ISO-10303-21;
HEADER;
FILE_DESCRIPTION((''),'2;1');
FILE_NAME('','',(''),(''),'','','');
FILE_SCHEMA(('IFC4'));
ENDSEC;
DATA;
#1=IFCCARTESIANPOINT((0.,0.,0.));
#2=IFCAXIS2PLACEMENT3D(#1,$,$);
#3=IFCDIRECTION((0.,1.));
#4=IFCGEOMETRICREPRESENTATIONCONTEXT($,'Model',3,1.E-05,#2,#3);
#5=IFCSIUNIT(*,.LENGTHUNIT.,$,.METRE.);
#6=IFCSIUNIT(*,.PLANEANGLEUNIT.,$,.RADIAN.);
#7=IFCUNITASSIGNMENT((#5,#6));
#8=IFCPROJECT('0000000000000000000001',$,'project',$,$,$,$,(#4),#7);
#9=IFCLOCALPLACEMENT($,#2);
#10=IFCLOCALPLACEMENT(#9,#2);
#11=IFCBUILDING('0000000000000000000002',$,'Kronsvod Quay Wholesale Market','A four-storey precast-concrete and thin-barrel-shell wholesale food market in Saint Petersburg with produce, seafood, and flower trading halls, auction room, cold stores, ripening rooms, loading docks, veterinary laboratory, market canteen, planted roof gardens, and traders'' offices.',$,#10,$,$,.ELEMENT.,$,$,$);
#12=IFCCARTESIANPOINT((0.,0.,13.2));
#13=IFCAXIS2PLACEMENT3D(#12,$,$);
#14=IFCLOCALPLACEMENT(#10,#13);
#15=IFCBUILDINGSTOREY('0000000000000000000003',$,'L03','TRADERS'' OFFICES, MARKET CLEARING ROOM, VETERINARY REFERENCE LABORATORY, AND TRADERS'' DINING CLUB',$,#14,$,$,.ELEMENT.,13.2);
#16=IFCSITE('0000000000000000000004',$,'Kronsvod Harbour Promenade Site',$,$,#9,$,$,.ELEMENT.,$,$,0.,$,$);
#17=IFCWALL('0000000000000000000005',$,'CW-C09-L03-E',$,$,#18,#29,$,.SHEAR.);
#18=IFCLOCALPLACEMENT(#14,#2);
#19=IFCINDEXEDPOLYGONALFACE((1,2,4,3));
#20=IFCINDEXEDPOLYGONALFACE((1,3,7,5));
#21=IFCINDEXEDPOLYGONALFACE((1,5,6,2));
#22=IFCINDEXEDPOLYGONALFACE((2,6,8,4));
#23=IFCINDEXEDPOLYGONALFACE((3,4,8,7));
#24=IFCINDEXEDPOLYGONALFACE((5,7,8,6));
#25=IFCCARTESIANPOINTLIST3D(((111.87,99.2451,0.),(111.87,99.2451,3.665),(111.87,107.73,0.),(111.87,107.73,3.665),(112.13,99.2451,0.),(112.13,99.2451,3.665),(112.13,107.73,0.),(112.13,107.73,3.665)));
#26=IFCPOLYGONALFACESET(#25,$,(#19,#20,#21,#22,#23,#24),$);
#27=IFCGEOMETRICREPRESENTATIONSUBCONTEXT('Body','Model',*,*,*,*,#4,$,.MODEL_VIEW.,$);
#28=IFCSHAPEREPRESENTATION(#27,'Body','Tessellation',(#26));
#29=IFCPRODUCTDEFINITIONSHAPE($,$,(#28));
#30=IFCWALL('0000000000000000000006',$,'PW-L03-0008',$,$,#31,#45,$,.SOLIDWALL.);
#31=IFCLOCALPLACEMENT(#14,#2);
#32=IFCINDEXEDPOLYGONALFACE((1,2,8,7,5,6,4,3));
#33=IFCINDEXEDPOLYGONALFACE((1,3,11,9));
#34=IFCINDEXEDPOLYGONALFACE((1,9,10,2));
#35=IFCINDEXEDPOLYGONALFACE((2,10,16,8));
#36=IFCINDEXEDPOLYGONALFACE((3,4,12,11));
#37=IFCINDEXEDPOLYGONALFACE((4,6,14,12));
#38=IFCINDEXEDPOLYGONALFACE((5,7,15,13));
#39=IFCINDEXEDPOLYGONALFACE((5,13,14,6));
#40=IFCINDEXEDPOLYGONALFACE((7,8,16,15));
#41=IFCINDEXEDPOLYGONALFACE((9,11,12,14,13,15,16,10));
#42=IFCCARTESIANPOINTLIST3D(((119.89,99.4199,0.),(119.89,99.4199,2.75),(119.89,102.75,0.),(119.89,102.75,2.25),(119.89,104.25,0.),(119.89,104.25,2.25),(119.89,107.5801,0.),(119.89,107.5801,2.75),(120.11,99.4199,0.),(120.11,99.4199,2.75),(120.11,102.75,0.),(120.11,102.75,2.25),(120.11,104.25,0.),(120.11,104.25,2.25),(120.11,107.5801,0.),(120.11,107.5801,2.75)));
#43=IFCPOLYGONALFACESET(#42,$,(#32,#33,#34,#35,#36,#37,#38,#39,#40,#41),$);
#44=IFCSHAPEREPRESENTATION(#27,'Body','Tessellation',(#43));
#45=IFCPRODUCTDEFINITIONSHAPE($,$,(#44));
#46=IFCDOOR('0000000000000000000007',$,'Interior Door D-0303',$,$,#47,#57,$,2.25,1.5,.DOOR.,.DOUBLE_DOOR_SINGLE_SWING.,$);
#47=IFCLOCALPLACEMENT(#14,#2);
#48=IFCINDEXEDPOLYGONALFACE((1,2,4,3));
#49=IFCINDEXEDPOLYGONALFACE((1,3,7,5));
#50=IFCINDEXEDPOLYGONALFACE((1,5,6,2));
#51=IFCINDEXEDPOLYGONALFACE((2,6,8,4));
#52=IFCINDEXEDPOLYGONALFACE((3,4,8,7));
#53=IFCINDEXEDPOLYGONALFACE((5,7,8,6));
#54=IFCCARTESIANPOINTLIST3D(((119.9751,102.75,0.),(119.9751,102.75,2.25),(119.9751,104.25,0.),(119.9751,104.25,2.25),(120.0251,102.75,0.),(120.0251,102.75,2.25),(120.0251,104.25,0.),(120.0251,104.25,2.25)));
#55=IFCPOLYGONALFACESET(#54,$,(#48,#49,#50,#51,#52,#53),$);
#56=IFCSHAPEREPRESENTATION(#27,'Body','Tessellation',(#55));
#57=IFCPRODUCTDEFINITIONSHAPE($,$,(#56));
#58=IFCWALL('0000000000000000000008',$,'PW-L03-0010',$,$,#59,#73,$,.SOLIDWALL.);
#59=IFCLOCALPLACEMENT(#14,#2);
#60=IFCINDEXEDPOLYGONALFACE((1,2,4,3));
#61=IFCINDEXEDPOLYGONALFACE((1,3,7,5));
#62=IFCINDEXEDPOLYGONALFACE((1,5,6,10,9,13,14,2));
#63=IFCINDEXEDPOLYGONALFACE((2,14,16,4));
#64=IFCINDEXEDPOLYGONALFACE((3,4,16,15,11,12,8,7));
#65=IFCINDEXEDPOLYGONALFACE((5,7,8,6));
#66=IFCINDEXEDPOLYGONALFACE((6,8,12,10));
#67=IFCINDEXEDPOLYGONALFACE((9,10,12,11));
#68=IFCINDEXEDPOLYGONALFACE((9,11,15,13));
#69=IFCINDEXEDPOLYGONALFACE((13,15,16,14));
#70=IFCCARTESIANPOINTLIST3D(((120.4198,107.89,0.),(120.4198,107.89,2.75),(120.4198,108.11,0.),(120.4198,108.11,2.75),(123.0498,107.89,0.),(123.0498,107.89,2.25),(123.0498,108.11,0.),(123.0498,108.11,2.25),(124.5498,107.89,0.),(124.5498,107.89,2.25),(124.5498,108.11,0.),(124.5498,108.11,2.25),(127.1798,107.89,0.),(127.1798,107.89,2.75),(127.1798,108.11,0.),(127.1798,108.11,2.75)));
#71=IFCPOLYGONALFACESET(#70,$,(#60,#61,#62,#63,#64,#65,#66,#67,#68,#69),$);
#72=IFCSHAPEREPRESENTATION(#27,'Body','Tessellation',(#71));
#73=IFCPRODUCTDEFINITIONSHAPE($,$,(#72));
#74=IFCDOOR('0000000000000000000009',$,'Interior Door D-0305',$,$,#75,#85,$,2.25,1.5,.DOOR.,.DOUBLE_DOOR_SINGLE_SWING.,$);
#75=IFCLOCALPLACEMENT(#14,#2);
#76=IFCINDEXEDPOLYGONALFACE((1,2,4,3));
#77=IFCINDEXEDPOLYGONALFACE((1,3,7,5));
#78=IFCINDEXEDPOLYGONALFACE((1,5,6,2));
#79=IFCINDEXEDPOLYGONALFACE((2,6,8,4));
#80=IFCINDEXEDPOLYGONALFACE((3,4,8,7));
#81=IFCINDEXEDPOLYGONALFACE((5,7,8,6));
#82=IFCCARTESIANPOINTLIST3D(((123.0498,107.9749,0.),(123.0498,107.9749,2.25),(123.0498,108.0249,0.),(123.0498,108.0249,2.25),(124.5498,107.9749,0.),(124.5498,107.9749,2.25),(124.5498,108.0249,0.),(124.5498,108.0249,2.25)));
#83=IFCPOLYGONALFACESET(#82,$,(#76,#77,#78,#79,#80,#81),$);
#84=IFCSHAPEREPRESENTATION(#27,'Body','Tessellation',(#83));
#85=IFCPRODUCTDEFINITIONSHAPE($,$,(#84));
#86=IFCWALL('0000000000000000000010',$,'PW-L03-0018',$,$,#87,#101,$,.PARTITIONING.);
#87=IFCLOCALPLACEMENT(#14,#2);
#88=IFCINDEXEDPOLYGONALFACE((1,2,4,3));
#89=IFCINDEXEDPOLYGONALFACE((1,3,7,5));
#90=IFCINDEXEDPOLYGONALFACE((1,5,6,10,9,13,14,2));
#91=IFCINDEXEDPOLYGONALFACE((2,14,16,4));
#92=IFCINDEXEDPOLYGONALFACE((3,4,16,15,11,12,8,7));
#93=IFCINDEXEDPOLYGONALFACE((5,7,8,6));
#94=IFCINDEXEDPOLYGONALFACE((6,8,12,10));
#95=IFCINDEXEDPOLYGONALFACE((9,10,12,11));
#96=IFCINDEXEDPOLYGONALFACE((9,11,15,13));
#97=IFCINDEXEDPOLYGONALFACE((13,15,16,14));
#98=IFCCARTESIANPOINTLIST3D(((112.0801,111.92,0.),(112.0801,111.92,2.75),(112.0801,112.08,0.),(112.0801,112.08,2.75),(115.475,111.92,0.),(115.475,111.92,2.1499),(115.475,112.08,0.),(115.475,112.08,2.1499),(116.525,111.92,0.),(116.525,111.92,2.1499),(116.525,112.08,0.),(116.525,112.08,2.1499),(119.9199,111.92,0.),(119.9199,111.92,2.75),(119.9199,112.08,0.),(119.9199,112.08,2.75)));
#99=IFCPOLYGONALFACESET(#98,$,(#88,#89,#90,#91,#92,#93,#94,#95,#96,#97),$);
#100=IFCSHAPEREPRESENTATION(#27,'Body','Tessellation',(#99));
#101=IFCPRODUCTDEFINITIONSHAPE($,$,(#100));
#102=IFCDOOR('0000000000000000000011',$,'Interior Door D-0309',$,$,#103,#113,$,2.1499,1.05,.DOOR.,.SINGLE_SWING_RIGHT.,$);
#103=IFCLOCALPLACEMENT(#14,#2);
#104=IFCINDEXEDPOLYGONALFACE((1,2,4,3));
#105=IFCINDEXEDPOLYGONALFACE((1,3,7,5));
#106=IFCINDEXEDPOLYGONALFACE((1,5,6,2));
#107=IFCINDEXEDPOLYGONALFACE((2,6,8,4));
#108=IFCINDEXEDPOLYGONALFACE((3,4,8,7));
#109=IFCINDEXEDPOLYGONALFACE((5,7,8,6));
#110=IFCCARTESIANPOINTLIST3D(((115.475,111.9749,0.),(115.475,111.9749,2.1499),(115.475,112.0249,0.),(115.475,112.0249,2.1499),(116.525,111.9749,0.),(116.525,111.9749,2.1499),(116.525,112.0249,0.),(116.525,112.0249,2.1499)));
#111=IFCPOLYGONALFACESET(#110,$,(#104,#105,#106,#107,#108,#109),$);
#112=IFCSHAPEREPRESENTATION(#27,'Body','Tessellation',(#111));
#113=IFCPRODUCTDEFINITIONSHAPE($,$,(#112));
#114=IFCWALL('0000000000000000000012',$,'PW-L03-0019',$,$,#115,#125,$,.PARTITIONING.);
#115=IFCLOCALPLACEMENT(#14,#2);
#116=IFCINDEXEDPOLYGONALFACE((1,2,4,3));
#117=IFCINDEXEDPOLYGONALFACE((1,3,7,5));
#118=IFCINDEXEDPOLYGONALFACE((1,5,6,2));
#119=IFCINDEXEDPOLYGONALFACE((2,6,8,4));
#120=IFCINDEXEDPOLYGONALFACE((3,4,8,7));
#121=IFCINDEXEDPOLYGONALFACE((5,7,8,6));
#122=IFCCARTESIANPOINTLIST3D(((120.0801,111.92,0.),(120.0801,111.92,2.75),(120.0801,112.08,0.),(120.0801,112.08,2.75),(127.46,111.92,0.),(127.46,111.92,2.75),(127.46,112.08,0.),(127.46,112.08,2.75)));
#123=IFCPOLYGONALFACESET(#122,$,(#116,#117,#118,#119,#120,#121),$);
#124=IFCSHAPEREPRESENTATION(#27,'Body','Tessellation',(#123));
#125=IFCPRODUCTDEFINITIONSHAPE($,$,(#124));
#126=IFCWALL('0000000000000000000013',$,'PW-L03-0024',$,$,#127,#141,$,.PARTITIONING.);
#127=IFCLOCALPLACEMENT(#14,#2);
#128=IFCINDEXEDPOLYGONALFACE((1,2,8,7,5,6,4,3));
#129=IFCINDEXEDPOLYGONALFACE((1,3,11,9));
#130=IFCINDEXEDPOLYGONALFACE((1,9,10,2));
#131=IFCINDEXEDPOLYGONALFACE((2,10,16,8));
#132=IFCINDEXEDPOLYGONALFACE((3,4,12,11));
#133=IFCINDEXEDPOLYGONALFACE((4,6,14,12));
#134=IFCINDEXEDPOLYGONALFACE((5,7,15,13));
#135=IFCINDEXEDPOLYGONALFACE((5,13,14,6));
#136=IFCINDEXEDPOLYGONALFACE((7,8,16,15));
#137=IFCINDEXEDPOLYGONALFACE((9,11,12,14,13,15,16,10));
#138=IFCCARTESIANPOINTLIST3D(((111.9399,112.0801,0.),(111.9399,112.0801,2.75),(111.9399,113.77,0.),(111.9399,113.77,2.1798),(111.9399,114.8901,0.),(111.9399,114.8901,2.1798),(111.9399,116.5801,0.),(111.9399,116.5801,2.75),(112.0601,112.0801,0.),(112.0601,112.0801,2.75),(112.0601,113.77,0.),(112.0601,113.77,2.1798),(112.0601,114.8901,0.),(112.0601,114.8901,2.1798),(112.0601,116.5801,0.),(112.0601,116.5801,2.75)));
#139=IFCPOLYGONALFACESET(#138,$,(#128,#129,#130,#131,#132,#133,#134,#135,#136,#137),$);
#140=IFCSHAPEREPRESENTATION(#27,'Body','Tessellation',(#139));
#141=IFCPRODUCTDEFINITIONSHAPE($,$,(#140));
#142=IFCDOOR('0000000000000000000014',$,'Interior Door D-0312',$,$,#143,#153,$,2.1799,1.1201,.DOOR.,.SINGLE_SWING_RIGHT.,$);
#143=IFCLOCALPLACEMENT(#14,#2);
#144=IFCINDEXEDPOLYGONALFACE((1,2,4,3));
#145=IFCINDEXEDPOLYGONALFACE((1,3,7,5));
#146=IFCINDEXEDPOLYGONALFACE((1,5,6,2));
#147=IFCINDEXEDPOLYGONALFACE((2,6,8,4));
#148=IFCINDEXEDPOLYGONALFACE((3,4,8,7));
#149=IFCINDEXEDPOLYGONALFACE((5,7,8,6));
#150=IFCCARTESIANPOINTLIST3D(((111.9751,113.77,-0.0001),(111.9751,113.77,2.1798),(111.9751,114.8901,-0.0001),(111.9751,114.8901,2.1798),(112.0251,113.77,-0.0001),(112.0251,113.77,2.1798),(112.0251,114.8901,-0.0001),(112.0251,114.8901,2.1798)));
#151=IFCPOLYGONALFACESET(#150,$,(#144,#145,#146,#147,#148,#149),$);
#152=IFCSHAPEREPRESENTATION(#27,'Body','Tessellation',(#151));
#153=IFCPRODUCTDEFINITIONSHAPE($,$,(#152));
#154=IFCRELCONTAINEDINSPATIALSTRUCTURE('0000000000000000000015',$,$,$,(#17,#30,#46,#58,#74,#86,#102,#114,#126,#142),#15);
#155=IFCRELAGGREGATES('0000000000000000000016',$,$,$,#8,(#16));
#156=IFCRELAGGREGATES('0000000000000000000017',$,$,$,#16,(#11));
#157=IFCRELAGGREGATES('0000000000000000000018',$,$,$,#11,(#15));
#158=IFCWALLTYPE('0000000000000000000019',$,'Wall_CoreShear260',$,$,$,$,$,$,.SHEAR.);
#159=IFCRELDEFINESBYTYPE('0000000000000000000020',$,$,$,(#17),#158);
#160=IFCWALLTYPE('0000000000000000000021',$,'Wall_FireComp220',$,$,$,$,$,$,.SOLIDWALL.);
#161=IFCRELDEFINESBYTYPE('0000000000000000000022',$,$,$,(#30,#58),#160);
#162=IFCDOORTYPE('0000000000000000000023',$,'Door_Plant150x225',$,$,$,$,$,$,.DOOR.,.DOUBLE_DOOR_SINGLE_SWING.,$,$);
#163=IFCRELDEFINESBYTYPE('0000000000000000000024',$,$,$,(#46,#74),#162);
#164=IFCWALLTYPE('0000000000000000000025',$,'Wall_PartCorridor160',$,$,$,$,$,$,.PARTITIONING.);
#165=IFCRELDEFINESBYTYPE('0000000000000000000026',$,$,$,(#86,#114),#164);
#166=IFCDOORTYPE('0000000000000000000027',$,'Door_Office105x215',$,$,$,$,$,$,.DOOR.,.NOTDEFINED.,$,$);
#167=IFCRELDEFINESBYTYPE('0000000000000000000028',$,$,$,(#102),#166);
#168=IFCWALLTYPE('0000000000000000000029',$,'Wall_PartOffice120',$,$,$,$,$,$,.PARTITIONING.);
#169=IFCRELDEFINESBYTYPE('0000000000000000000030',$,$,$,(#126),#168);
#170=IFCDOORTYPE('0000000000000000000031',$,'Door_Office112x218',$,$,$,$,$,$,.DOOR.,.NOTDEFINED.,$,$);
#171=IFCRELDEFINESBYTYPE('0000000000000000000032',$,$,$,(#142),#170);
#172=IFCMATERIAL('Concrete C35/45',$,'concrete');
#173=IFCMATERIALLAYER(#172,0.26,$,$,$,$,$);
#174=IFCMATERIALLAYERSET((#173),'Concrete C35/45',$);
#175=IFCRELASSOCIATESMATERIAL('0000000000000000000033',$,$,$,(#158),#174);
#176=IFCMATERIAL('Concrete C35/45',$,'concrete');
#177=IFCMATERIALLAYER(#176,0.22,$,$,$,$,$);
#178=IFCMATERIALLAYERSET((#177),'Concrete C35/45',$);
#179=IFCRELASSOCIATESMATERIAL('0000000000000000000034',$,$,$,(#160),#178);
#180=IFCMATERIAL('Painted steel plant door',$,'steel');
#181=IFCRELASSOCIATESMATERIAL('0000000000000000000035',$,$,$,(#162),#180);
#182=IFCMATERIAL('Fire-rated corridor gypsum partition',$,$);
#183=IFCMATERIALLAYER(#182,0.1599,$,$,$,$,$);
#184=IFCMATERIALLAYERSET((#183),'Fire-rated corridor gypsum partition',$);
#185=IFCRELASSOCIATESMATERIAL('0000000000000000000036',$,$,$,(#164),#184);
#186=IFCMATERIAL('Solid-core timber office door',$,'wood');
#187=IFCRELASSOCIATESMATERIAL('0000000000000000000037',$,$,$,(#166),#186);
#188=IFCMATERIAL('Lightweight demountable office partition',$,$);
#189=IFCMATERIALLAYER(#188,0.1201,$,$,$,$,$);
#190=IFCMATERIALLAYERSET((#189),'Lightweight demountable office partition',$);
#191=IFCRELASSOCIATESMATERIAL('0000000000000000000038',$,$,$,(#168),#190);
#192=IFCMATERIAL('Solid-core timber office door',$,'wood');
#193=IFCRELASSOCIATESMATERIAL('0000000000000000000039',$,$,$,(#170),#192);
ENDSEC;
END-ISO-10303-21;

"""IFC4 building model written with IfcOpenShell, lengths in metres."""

from ifc_helpers import new_model, si_unit, direction, frame, frame_2d, origin, place, context, subcontext, project, spatial, rectangle, extrude, material, layer, layer_set, type_object, element, fill, save


model = new_model("IFC4")

# Units and contexts
model_context = context("Model", 3, precision=1e-05, world=origin(), true_north=direction((0.0, 1.0)))
body_context = subcontext(model_context, "Body", "Model", "MODEL_VIEW")
ifc_project = project(units=[si_unit("LENGTHUNIT", "METRE"), si_unit("PLANEANGLEUNIT", "RADIAN")], contexts=[model_context])

# Site, building, storey
site_placement = place(None, origin())
site = spatial("IfcSite", under=ifc_project, at=site_placement, Name="Kronsvod Harbour Promenade Site", CompositionType="ELEMENT", RefElevation=0.0)
building_placement = place(site_placement, origin())
building = spatial("IfcBuilding", under=site, at=building_placement, Name="Kronsvod Quay Wholesale Market", Description="A four-storey precast-concrete and thin-barrel-shell wholesale food market in Saint Petersburg with produce, seafood, and flower trading halls, auction room, cold stores, ripening rooms, loading docks, veterinary laboratory, market canteen, planted roof gardens, and traders' offices.", CompositionType="ELEMENT")
storey_placement = place(building_placement, frame((0.0, 0.0, 13.2)))
storey = spatial("IfcBuildingStorey", under=building, at=storey_placement, Name="L03", Description="TRADERS' OFFICES, MARKET CLEARING ROOM, VETERINARY REFERENCE LABORATORY, AND TRADERS' DINING CLUB", CompositionType="ELEMENT", Elevation=13.2)

# Wall
ifc_material_1 = material(Name="Concrete C35/45", Category="concrete")
ifc_layer_1 = layer(ifc_material_1, 0.26)
ifc_layer_set_1 = layer_set([ifc_layer_1], Name="Concrete C35/45")
wall_type_1 = type_object("IfcWallType", Name="Wall_CoreShear260", PredefinedType="SHEAR", material=ifc_layer_set_1)
wall_1_placement = place(storey_placement, frame((112.0, 99.2451, 0.0), z_axis=(0.0, 0.0, 1.0), x_axis=(0.0, 1.0, 0.0)))
element("IfcWall", 1, at=wall_1_placement, inside=storey, type_object=wall_type_1, Name="CW-C09-L03-E", PredefinedType="SHEAR", context=body_context, shape_type="SweptSolid", body=[
    extrude(rectangle(XDim=8.4849, YDim=0.26, at=frame_2d((4.2424, 0.0))), origin(), (0.0, 0.0, 1.0), 3.665),
])

# Walls, openings, doors
ifc_material_2 = material(Name="Concrete C35/45", Category="concrete")
ifc_layer_2 = layer(ifc_material_2, 0.22)
ifc_layer_set_2 = layer_set([ifc_layer_2], Name="Concrete C35/45")
wall_type_2 = type_object("IfcWallType", Name="Wall_FireComp220", PredefinedType="SOLIDWALL", material=ifc_layer_set_2)
wall_2_placement = place(storey_placement, frame((120.0, 99.4199, 0.0), z_axis=(0.0, 0.0, 1.0), x_axis=(0.0, 1.0, 0.0)))
wall_2 = element("IfcWall", 2, at=wall_2_placement, inside=storey, type_object=wall_type_2, Name="PW-L03-0008", PredefinedType="SOLIDWALL", context=body_context, shape_type="SweptSolid", body=[
    extrude(rectangle(XDim=8.1602, YDim=0.22, at=frame_2d((4.0801, 0.0))), origin(), (0.0, 0.0, 1.0), 2.75),
])
opening_1_placement = place(wall_2_placement, frame((3.3301, 0.0, 0.0)))
opening_1 = element("IfcOpeningElement", 3, at=opening_1_placement, cuts=wall_2, PredefinedType="OPENING", context=body_context, shape_type="SweptSolid", body=[
    extrude(rectangle(XDim=1.5, YDim=2.25, at=frame_2d((0.75, 1.125))), frame((0.0, 0.1201, 0.0), z_axis=(0.0, -1.0, 0.0), x_axis=(1.0, 0.0, 0.0)), (0.0, 0.0, 1.0), 0.24),
])
ifc_material_3 = material(Name="Painted steel plant door", Category="steel")
door_type_1 = type_object("IfcDoorType", Name="Door_Plant150x225", OperationType="DOUBLE_DOOR_SINGLE_SWING", PredefinedType="DOOR", material=ifc_material_3)
door_1_placement = place(opening_1_placement, origin())
door_1 = element("IfcDoor", 4, at=door_1_placement, inside=storey, type_object=door_type_1, Name="Interior Door D-0303", OperationType="DOUBLE_DOOR_SINGLE_SWING", OverallHeight=2.25, OverallWidth=1.5, PredefinedType="DOOR", context=body_context, shape_type="SweptSolid", body=[
    extrude(rectangle(XDim=1.5, YDim=2.25, at=frame_2d((0.75, 1.125))), frame((0.0, 0.0249, 0.0), z_axis=(0.0, -1.0, 0.0), x_axis=(1.0, 0.0, 0.0)), (0.0, 0.0, 1.0), 0.05),
])
fill(opening_1, door_1)
wall_3_placement = place(storey_placement, frame((120.4199, 108.0, 0.0), z_axis=(0.0, 0.0, 1.0), x_axis=(1.0, 0.0, 0.0)))
wall_3 = element("IfcWall", 5, at=wall_3_placement, inside=storey, type_object=wall_type_2, Name="PW-L03-0010", PredefinedType="SOLIDWALL", context=body_context, shape_type="SweptSolid", body=[
    extrude(rectangle(XDim=6.76, YDim=0.22, at=frame_2d((3.3799, 0.0))), origin(), (0.0, 0.0, 1.0), 2.75),
])
opening_2_placement = place(wall_3_placement, frame((2.6299, 0.0, 0.0)))
opening_2 = element("IfcOpeningElement", 6, at=opening_2_placement, cuts=wall_3, PredefinedType="OPENING", context=body_context, shape_type="SweptSolid", body=[
    extrude(rectangle(XDim=1.5, YDim=2.25, at=frame_2d((0.75, 1.125))), frame((0.0, 0.1201, 0.0), z_axis=(0.0, -1.0, 0.0), x_axis=(1.0, 0.0, 0.0)), (0.0, 0.0, 1.0), 0.24),
])
door_2_placement = place(opening_2_placement, origin())
door_2 = element("IfcDoor", 7, at=door_2_placement, inside=storey, type_object=door_type_1, Name="Interior Door D-0305", OperationType="DOUBLE_DOOR_SINGLE_SWING", OverallHeight=2.25, OverallWidth=1.5, PredefinedType="DOOR", context=body_context, shape_type="SweptSolid", body=[
    extrude(rectangle(XDim=1.5, YDim=2.25, at=frame_2d((0.75, 1.125))), frame((0.0, 0.0249, 0.0), z_axis=(0.0, -1.0, 0.0), x_axis=(1.0, 0.0, 0.0)), (0.0, 0.0, 1.0), 0.05),
])
fill(opening_2, door_2)
ifc_material_4 = material(Name="Fire-rated corridor gypsum partition")
ifc_layer_3 = layer(ifc_material_4, 0.1599)
ifc_layer_set_3 = layer_set([ifc_layer_3], Name="Fire-rated corridor gypsum partition")
wall_type_3 = type_object("IfcWallType", Name="Wall_PartCorridor160", PredefinedType="PARTITIONING", material=ifc_layer_set_3)
wall_4_placement = place(storey_placement, frame((112.0801, 112.0, 0.0), z_axis=(0.0, 0.0, 1.0), x_axis=(1.0, 0.0, 0.0)))
wall_4 = element("IfcWall", 8, at=wall_4_placement, inside=storey, type_object=wall_type_3, Name="PW-L03-0018", PredefinedType="PARTITIONING", context=body_context, shape_type="SweptSolid", body=[
    extrude(rectangle(XDim=7.8398, YDim=0.1599, at=frame_2d((3.9199, 0.0))), origin(), (0.0, 0.0, 1.0), 2.75),
])
opening_3_placement = place(wall_4_placement, frame((3.395, 0.0, 0.0)))
opening_3 = element("IfcOpeningElement", 9, at=opening_3_placement, cuts=wall_4, PredefinedType="OPENING", context=body_context, shape_type="SweptSolid", body=[
    extrude(rectangle(XDim=1.05, YDim=2.1499, at=frame_2d((0.5249, 1.075))), frame((0.0, 0.0898, 0.0), z_axis=(0.0, -1.0, 0.0), x_axis=(1.0, 0.0, 0.0)), (0.0, 0.0, 1.0), 0.1799),
])
ifc_material_5 = material(Name="Solid-core timber office door", Category="wood")
door_type_2 = type_object("IfcDoorType", Name="Door_Office105x215", OperationType="NOTDEFINED", PredefinedType="DOOR", material=ifc_material_5)
door_3_placement = place(opening_3_placement, origin())
door_3 = element("IfcDoor", 10, at=door_3_placement, inside=storey, type_object=door_type_2, Name="Interior Door D-0309", OperationType="SINGLE_SWING_RIGHT", OverallHeight=2.1499, OverallWidth=1.05, PredefinedType="DOOR", context=body_context, shape_type="SweptSolid", body=[
    extrude(rectangle(XDim=1.05, YDim=2.1499, at=frame_2d((0.5249, 1.075))), frame((0.0, 0.0249, 0.0), z_axis=(0.0, -1.0, 0.0), x_axis=(1.0, 0.0, 0.0)), (0.0, 0.0, 1.0), 0.05),
])
fill(opening_3, door_3)

# Wall
wall_5_placement = place(storey_placement, frame((120.0801, 112.0, 0.0), z_axis=(0.0, 0.0, 1.0), x_axis=(1.0, 0.0, 0.0)))
element("IfcWall", 11, at=wall_5_placement, inside=storey, type_object=wall_type_3, Name="PW-L03-0019", PredefinedType="PARTITIONING", context=body_context, shape_type="SweptSolid", body=[
    extrude(rectangle(XDim=7.3799, YDim=0.1599, at=frame_2d((3.6899, 0.0))), origin(), (0.0, 0.0, 1.0), 2.75),
])

# Wall, opening, door
ifc_material_6 = material(Name="Lightweight demountable office partition")
ifc_layer_4 = layer(ifc_material_6, 0.1201)
ifc_layer_set_4 = layer_set([ifc_layer_4], Name="Lightweight demountable office partition")
wall_type_4 = type_object("IfcWallType", Name="Wall_PartOffice120", PredefinedType="PARTITIONING", material=ifc_layer_set_4)
wall_6_placement = place(storey_placement, frame((112.0, 112.0801, 0.0), z_axis=(0.0, 0.0, 1.0), x_axis=(0.0, 1.0, 0.0)))
wall_6 = element("IfcWall", 12, at=wall_6_placement, inside=storey, type_object=wall_type_4, Name="PW-L03-0024", PredefinedType="PARTITIONING", context=body_context, shape_type="SweptSolid", body=[
    extrude(rectangle(XDim=4.5, YDim=0.1201, at=frame_2d((2.25, 0.0))), origin(), (0.0, 0.0, 1.0), 2.75),
])
opening_4_placement = place(wall_6_placement, frame((1.6899, 0.0, 0.0)))
opening_4 = element("IfcOpeningElement", 13, at=opening_4_placement, cuts=wall_6, PredefinedType="OPENING", context=body_context, shape_type="SweptSolid", body=[
    extrude(rectangle(XDim=1.1201, YDim=2.1799, at=frame_2d((0.5601, 1.0898))), frame((0.0, 0.0701, 0.0), z_axis=(0.0, -1.0, 0.0), x_axis=(1.0, 0.0, 0.0)), (0.0, 0.0, 1.0), 0.1401),
])
ifc_material_7 = material(Name="Solid-core timber office door", Category="wood")
door_type_3 = type_object("IfcDoorType", Name="Door_Office112x218", OperationType="NOTDEFINED", PredefinedType="DOOR", material=ifc_material_7)
door_4_placement = place(opening_4_placement, origin())
door_4 = element("IfcDoor", 14, at=door_4_placement, inside=storey, type_object=door_type_3, Name="Interior Door D-0312", OperationType="SINGLE_SWING_RIGHT", OverallHeight=2.1799, OverallWidth=1.1201, PredefinedType="DOOR", context=body_context, shape_type="SweptSolid", body=[
    extrude(rectangle(XDim=1.1201, YDim=2.1799, at=frame_2d((0.5601, 1.0898))), frame((0.0, 0.0249, 0.0), z_axis=(0.0, -1.0, 0.0), x_axis=(1.0, 0.0, 0.0)), (0.0, 0.0, 1.0), 0.05),
])
fill(opening_4, door_4)

save(model, "model.ifc")
